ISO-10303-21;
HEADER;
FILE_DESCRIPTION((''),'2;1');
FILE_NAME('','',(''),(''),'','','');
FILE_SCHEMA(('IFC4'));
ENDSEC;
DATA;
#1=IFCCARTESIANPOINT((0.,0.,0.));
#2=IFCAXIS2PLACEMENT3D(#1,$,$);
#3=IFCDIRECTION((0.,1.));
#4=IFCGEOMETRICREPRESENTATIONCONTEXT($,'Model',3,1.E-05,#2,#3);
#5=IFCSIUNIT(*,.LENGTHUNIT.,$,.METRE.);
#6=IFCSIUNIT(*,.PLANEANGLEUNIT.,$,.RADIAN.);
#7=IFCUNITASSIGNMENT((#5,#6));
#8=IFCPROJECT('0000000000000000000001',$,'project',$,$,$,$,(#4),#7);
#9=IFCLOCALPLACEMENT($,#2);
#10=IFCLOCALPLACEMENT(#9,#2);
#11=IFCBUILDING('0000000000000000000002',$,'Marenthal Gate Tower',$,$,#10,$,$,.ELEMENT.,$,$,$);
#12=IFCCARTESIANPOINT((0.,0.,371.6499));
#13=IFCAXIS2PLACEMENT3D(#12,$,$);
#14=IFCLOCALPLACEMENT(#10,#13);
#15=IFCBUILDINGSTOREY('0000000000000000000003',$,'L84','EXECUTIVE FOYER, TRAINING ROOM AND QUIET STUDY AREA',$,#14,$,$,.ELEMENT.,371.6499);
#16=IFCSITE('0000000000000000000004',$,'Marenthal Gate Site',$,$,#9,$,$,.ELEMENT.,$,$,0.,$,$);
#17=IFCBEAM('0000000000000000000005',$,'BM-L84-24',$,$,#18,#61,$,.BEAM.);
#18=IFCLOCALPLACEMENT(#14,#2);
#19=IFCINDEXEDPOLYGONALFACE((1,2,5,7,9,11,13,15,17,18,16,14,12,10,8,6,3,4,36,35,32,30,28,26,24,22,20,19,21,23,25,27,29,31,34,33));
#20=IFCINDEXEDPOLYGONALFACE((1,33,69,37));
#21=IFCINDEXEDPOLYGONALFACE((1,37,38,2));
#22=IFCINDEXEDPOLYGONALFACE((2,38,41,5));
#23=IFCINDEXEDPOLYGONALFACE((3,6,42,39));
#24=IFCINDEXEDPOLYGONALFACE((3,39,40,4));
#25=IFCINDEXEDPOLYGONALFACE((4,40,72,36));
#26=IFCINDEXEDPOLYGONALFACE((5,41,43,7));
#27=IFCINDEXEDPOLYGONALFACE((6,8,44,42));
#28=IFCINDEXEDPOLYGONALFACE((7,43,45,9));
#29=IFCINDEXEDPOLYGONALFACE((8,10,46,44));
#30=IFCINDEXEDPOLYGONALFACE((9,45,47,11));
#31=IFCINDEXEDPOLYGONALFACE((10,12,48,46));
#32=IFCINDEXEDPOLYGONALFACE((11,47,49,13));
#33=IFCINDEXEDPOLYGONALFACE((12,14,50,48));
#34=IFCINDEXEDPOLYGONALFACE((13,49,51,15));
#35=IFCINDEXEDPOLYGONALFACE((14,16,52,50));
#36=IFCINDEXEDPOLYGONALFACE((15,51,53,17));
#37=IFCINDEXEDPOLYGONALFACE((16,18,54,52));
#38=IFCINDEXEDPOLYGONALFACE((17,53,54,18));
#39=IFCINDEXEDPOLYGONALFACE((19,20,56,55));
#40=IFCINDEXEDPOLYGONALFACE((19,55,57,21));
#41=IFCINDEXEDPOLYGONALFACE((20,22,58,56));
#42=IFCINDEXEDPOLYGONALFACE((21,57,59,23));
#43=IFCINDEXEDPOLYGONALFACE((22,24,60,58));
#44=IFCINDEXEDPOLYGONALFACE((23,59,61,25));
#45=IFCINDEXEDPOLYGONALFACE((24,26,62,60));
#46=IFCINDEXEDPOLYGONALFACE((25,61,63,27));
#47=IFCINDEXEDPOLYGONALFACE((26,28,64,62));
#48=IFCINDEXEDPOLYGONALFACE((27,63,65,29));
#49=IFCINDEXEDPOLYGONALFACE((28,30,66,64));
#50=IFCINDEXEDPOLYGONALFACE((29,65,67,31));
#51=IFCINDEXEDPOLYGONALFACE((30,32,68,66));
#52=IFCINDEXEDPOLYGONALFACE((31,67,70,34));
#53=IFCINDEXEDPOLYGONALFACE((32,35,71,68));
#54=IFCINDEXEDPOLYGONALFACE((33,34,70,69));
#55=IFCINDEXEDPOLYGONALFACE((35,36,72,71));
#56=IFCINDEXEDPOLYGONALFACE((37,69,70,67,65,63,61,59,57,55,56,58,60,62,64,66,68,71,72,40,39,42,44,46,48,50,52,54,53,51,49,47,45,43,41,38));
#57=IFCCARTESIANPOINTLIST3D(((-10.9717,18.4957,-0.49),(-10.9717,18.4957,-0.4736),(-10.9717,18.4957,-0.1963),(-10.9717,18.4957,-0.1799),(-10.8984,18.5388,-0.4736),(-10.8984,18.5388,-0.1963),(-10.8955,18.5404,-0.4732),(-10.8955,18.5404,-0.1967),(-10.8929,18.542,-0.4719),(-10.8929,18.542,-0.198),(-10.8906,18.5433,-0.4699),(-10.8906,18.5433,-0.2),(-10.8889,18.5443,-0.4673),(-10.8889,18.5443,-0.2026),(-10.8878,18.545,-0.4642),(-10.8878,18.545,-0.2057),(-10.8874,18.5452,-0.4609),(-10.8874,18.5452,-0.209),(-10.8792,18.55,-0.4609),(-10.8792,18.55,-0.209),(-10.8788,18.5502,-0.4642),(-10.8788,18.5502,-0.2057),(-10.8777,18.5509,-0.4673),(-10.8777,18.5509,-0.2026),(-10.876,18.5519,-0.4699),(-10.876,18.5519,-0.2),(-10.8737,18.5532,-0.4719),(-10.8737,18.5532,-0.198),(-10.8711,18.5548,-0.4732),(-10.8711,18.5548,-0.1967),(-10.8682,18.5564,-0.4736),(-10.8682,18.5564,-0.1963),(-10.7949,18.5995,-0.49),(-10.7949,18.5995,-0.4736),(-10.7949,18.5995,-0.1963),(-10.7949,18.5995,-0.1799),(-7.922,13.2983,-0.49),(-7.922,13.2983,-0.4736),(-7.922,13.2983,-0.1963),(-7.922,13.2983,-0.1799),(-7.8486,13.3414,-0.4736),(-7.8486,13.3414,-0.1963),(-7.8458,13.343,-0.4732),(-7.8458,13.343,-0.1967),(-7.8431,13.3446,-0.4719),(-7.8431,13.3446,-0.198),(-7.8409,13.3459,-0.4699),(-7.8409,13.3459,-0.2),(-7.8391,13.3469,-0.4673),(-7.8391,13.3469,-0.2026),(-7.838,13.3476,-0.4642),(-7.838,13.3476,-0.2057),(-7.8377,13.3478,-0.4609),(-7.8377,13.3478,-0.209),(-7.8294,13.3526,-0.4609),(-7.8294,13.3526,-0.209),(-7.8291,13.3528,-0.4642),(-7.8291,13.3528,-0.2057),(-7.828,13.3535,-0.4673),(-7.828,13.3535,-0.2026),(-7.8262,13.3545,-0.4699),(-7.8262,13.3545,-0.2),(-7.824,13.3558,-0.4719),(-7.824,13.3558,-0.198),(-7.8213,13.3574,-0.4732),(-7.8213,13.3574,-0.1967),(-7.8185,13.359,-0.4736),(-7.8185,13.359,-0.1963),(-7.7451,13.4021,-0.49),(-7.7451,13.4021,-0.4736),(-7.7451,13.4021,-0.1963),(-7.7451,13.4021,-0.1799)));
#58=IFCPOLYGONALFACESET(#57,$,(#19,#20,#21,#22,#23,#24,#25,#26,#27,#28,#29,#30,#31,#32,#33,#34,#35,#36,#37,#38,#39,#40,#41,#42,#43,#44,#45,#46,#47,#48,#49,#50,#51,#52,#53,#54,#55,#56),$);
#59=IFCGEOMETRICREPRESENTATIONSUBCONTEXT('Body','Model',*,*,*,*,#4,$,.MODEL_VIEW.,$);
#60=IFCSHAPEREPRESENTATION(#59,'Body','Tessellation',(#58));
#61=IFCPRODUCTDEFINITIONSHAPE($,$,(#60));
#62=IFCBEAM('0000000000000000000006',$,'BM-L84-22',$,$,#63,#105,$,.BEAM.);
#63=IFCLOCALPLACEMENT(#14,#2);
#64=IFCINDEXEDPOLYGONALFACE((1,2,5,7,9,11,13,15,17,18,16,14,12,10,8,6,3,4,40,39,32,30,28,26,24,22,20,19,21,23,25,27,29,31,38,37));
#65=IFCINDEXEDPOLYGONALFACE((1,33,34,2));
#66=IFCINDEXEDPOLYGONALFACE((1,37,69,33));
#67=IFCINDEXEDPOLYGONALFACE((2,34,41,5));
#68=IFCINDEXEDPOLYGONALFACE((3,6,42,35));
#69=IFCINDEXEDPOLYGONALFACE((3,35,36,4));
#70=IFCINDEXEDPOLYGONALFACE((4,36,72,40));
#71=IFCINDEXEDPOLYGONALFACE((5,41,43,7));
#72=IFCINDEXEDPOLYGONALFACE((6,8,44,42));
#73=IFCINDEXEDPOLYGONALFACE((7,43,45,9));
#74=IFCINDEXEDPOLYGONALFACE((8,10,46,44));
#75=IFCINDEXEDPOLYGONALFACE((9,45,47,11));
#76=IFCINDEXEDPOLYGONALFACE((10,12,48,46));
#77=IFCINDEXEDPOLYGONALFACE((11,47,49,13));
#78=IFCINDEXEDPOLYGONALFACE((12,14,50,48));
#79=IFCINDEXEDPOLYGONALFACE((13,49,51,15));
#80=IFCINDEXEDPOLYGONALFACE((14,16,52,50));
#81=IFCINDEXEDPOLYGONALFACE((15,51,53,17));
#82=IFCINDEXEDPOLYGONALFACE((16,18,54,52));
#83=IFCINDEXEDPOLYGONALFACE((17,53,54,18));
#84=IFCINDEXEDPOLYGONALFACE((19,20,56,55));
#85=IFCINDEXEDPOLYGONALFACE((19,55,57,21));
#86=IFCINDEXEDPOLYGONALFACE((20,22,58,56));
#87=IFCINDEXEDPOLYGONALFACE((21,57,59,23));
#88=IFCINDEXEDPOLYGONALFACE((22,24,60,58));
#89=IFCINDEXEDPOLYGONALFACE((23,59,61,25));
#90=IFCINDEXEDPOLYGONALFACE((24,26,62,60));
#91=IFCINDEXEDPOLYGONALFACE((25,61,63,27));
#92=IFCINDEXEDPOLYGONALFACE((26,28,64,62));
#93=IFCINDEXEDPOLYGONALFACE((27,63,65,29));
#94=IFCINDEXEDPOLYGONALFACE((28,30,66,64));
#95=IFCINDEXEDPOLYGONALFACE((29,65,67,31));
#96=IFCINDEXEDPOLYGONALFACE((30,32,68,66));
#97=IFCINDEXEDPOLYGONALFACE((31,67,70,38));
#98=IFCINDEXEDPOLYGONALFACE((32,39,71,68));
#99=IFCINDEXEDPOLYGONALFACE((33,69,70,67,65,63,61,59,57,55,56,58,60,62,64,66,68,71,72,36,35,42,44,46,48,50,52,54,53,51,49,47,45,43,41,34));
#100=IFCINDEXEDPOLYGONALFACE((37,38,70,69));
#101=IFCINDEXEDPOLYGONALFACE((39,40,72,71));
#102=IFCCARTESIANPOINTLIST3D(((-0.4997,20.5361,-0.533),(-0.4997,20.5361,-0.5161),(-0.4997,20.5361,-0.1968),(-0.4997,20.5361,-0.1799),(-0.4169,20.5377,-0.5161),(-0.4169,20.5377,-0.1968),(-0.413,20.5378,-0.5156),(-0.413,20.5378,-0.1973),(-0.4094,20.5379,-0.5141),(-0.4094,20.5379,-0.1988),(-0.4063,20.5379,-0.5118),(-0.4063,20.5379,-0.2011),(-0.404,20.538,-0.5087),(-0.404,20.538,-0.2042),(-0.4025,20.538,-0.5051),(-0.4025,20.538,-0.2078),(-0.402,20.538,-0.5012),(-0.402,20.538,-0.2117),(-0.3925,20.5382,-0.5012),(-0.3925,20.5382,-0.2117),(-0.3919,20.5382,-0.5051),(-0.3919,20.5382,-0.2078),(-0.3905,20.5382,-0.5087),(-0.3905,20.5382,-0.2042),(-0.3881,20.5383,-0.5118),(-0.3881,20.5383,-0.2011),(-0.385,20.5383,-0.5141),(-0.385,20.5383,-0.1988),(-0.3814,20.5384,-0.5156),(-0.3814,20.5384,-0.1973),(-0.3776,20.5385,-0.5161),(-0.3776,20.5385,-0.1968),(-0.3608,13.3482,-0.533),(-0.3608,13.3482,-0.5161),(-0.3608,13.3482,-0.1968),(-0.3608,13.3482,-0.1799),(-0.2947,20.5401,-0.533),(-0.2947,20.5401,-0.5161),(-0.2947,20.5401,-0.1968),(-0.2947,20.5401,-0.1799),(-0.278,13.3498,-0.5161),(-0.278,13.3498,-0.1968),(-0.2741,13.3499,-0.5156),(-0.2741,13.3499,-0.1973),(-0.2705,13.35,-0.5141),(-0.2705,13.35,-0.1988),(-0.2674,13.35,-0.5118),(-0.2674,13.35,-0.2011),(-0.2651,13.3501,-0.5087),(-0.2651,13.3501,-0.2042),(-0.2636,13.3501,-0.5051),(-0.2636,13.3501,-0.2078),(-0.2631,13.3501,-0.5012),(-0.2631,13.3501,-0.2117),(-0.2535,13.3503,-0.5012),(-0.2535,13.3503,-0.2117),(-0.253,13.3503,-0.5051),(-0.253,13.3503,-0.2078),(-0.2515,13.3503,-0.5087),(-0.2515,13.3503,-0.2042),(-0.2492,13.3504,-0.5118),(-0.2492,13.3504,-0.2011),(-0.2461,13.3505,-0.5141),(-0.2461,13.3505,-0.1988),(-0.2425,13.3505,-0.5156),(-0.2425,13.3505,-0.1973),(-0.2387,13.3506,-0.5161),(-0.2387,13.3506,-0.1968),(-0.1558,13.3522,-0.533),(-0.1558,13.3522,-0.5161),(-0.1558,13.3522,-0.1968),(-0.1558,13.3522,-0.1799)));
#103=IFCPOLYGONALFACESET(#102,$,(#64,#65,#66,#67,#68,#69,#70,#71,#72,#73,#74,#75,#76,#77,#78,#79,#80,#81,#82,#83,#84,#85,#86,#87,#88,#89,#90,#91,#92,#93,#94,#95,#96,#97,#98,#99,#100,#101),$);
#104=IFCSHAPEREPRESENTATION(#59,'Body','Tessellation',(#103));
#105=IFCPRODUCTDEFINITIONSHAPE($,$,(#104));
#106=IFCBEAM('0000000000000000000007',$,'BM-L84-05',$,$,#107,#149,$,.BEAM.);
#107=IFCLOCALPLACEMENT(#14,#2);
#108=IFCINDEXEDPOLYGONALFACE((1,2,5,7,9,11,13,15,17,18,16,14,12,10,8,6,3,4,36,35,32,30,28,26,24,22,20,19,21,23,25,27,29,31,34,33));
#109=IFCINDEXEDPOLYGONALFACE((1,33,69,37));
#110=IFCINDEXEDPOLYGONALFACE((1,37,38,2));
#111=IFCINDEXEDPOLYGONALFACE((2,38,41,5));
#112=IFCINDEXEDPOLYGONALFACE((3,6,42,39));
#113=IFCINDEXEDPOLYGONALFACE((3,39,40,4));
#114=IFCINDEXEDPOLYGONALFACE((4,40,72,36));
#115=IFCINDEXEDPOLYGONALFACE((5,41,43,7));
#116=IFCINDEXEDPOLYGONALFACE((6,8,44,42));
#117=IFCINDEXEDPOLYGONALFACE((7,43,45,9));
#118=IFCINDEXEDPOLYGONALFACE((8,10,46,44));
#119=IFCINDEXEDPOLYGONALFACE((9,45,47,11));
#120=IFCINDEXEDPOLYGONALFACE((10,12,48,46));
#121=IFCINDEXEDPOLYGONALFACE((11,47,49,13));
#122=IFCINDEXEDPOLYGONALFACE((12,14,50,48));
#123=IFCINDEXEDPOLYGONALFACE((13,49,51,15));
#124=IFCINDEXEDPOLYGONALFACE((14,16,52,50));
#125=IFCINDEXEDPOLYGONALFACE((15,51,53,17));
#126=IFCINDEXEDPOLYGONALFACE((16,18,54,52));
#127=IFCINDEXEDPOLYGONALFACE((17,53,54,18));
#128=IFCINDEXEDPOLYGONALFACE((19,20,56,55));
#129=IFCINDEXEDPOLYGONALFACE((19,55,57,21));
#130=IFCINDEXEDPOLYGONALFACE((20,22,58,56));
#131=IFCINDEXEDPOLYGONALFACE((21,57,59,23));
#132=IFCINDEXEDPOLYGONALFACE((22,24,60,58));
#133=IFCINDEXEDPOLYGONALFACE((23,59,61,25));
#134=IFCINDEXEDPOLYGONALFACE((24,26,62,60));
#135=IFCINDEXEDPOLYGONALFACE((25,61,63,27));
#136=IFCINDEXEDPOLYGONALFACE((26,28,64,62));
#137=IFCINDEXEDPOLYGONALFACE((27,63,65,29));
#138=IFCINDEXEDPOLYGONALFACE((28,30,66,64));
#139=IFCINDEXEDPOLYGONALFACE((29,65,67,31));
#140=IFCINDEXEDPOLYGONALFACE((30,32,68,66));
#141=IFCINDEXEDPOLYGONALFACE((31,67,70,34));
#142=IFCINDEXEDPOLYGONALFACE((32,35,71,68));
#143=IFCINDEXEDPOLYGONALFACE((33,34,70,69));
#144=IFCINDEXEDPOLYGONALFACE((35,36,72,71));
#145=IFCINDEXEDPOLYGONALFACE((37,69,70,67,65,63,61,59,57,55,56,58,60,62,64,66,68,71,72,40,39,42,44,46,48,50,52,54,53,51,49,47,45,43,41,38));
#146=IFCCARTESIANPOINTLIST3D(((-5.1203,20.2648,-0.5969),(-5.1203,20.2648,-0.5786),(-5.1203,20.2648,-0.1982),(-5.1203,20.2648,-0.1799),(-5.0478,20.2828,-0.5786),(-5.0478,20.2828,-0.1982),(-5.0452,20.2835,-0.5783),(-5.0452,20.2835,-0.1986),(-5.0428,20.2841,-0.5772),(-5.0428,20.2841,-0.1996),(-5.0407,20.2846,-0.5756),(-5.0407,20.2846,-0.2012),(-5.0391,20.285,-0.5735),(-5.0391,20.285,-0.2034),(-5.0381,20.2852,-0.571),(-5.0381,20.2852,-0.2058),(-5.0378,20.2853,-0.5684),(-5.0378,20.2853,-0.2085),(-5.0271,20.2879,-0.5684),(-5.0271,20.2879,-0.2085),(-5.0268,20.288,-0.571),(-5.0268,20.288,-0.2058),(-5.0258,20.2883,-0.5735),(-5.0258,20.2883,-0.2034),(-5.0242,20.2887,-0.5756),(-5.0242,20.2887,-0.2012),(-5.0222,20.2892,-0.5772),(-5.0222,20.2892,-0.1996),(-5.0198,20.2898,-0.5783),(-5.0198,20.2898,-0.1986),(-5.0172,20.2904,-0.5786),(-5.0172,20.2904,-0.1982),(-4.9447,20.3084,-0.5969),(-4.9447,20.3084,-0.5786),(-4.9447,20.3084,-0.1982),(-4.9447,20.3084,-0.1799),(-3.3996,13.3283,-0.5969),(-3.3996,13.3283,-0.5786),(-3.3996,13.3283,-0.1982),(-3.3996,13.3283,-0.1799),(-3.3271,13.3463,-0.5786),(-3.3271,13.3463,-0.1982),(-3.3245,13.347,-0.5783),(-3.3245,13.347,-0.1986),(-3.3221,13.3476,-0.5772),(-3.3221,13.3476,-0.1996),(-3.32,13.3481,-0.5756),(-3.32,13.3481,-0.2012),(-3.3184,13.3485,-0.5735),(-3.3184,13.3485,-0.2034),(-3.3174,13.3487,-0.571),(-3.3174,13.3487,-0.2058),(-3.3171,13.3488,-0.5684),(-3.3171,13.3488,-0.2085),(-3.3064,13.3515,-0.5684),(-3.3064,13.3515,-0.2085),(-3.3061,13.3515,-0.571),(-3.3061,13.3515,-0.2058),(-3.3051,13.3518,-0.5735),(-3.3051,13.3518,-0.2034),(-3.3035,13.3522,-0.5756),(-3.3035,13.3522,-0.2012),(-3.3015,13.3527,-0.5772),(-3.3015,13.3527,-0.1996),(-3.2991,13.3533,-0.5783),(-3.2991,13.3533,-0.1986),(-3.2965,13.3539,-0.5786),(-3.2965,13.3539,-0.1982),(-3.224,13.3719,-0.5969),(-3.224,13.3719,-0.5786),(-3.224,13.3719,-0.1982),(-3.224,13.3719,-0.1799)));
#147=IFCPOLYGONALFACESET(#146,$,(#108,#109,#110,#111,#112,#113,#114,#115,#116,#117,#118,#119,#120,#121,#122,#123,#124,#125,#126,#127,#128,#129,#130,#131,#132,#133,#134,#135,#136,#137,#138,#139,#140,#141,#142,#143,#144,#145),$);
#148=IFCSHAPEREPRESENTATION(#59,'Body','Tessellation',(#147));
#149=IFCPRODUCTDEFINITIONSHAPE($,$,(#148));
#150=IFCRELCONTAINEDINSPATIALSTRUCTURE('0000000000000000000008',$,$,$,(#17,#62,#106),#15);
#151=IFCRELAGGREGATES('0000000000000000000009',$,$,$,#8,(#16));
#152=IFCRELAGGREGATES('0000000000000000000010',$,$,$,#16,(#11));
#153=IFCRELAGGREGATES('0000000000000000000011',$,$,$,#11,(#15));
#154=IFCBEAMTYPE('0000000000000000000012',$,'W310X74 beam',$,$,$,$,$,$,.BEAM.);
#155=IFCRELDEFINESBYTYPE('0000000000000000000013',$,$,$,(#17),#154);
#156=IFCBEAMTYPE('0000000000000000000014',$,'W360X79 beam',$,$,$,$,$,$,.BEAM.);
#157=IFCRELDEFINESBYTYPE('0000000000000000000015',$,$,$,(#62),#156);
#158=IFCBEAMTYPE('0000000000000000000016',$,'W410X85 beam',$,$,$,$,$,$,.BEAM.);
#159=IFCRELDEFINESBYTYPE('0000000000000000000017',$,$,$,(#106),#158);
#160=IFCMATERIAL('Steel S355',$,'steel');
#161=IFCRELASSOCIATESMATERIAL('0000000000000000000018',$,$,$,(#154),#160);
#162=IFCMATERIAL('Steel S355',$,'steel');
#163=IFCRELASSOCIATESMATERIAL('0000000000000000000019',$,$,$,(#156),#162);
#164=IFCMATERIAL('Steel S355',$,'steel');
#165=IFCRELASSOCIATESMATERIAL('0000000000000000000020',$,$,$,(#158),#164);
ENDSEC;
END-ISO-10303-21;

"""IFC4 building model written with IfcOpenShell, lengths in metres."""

from ifc_helpers import new_model, si_unit, direction, frame, origin, origin_2d, place, context, subcontext, project, spatial, i_section, extrude, material, material_profile, profile_set, type_object, element, save


model = new_model("IFC4")

# Units and contexts
model_context = context("Model", 3, precision=1e-05, world=origin(), true_north=direction((0.0, 1.0)))
body_context = subcontext(model_context, "Body", "Model", "MODEL_VIEW")
ifc_project = project(units=[si_unit("LENGTHUNIT", "METRE"), si_unit("PLANEANGLEUNIT", "RADIAN")], contexts=[model_context])

# Site, building, storey
site_placement = place(None, origin())
site = spatial("IfcSite", under=ifc_project, at=site_placement, Name="Marenthal Gate Site", CompositionType="ELEMENT", RefElevation=0.0)
building_placement = place(site_placement, origin())
building = spatial("IfcBuilding", under=site, at=building_placement, Name="Marenthal Gate Tower", CompositionType="ELEMENT")
storey_placement = place(building_placement, frame((0.0, 0.0, 371.6499)))
storey = spatial("IfcBuildingStorey", under=building, at=storey_placement, Name="L84", Description="EXECUTIVE FOYER, TRAINING ROOM AND QUIET STUDY AREA", CompositionType="ELEMENT", Elevation=371.6499)

# Beams
ifc_material_1 = material(Name="Steel S355", Category="steel")
ifc_material_profile_1 = material_profile(ifc_material_1, i_section(OverallWidth=0.2051, OverallDepth=0.3101, WebThickness=0.0095, FlangeThickness=0.0164, FilletRadius=0.0127, at=origin_2d()), Name="W310X74")
ifc_profile_set_1 = profile_set([ifc_material_profile_1], Name="Steel S355")
beam_type_1 = type_object("IfcBeamType", Name="W310X74 beam", PredefinedType="BEAM", material=ifc_profile_set_1)
beam_1_placement = place(storey_placement, frame((-10.8833, 18.5476, -0.335), z_axis=(0.506089, -0.862482, 0.0), x_axis=(0.862482, 0.506089, 0.0)))
element("IfcBeam", 1, at=beam_1_placement, inside=storey, type_object=beam_type_1, Name="BM-L84-24", PredefinedType="BEAM", context=body_context, shape_type="SweptSolid", body=[
    extrude(i_section(OverallWidth=0.2051, OverallDepth=0.3101, WebThickness=0.0095, FlangeThickness=0.0164, FilletRadius=0.0127, at=origin_2d()), origin(), (0.0, 0.0, 1.0), 6.0261),
])
ifc_material_2 = material(Name="Steel S355", Category="steel")
ifc_material_profile_2 = material_profile(ifc_material_2, i_section(OverallWidth=0.2051, OverallDepth=0.353, WebThickness=0.0095, FlangeThickness=0.0168, FilletRadius=0.0149, at=origin_2d()), Name="W360X79")
ifc_profile_set_2 = profile_set([ifc_material_profile_2], Name="Steel S355")
beam_type_2 = type_object("IfcBeamType", Name="W360X79 beam", PredefinedType="BEAM", material=ifc_profile_set_2)
beam_2_placement = place(storey_placement, frame((-0.3972, 20.5381, -0.3564), z_axis=(0.019323, -0.999813, 0.0), x_axis=(0.999813, 0.019323, 0.0)))
element("IfcBeam", 2, at=beam_2_placement, inside=storey, type_object=beam_type_2, Name="BM-L84-22", PredefinedType="BEAM", context=body_context, shape_type="SweptSolid", body=[
    extrude(i_section(OverallWidth=0.2051, OverallDepth=0.353, WebThickness=0.0095, FlangeThickness=0.0168, FilletRadius=0.0149, at=origin_2d()), origin(), (0.0, 0.0, 1.0), 7.1892),
])
ifc_material_3 = material(Name="Steel S355", Category="steel")
ifc_material_profile_3 = material_profile(ifc_material_3, i_section(OverallWidth=0.1809, OverallDepth=0.417, WebThickness=0.011, FlangeThickness=0.0183, FilletRadius=0.0103, at=origin_2d()), Name="W410X85")
ifc_profile_set_3 = profile_set([ifc_material_profile_3], Name="Steel S355")
beam_type_3 = type_object("IfcBeamType", Name="W410X85 beam", PredefinedType="BEAM", material=ifc_profile_set_3)
beam_3_placement = place(storey_placement, frame((-5.0325, 20.2866, -0.3884), z_axis=(0.240767, -0.970583, 0.0), x_axis=(0.970583, 0.240767, 0.0)))
element("IfcBeam", 3, at=beam_3_placement, inside=storey, type_object=beam_type_3, Name="BM-L84-05", PredefinedType="BEAM", context=body_context, shape_type="SweptSolid", body=[
    extrude(i_section(OverallWidth=0.1809, OverallDepth=0.417, WebThickness=0.011, FlangeThickness=0.0183, FilletRadius=0.0103, at=origin_2d()), origin(), (0.0, 0.0, 1.0), 7.1467),
])

save(model, "model.ifc")
